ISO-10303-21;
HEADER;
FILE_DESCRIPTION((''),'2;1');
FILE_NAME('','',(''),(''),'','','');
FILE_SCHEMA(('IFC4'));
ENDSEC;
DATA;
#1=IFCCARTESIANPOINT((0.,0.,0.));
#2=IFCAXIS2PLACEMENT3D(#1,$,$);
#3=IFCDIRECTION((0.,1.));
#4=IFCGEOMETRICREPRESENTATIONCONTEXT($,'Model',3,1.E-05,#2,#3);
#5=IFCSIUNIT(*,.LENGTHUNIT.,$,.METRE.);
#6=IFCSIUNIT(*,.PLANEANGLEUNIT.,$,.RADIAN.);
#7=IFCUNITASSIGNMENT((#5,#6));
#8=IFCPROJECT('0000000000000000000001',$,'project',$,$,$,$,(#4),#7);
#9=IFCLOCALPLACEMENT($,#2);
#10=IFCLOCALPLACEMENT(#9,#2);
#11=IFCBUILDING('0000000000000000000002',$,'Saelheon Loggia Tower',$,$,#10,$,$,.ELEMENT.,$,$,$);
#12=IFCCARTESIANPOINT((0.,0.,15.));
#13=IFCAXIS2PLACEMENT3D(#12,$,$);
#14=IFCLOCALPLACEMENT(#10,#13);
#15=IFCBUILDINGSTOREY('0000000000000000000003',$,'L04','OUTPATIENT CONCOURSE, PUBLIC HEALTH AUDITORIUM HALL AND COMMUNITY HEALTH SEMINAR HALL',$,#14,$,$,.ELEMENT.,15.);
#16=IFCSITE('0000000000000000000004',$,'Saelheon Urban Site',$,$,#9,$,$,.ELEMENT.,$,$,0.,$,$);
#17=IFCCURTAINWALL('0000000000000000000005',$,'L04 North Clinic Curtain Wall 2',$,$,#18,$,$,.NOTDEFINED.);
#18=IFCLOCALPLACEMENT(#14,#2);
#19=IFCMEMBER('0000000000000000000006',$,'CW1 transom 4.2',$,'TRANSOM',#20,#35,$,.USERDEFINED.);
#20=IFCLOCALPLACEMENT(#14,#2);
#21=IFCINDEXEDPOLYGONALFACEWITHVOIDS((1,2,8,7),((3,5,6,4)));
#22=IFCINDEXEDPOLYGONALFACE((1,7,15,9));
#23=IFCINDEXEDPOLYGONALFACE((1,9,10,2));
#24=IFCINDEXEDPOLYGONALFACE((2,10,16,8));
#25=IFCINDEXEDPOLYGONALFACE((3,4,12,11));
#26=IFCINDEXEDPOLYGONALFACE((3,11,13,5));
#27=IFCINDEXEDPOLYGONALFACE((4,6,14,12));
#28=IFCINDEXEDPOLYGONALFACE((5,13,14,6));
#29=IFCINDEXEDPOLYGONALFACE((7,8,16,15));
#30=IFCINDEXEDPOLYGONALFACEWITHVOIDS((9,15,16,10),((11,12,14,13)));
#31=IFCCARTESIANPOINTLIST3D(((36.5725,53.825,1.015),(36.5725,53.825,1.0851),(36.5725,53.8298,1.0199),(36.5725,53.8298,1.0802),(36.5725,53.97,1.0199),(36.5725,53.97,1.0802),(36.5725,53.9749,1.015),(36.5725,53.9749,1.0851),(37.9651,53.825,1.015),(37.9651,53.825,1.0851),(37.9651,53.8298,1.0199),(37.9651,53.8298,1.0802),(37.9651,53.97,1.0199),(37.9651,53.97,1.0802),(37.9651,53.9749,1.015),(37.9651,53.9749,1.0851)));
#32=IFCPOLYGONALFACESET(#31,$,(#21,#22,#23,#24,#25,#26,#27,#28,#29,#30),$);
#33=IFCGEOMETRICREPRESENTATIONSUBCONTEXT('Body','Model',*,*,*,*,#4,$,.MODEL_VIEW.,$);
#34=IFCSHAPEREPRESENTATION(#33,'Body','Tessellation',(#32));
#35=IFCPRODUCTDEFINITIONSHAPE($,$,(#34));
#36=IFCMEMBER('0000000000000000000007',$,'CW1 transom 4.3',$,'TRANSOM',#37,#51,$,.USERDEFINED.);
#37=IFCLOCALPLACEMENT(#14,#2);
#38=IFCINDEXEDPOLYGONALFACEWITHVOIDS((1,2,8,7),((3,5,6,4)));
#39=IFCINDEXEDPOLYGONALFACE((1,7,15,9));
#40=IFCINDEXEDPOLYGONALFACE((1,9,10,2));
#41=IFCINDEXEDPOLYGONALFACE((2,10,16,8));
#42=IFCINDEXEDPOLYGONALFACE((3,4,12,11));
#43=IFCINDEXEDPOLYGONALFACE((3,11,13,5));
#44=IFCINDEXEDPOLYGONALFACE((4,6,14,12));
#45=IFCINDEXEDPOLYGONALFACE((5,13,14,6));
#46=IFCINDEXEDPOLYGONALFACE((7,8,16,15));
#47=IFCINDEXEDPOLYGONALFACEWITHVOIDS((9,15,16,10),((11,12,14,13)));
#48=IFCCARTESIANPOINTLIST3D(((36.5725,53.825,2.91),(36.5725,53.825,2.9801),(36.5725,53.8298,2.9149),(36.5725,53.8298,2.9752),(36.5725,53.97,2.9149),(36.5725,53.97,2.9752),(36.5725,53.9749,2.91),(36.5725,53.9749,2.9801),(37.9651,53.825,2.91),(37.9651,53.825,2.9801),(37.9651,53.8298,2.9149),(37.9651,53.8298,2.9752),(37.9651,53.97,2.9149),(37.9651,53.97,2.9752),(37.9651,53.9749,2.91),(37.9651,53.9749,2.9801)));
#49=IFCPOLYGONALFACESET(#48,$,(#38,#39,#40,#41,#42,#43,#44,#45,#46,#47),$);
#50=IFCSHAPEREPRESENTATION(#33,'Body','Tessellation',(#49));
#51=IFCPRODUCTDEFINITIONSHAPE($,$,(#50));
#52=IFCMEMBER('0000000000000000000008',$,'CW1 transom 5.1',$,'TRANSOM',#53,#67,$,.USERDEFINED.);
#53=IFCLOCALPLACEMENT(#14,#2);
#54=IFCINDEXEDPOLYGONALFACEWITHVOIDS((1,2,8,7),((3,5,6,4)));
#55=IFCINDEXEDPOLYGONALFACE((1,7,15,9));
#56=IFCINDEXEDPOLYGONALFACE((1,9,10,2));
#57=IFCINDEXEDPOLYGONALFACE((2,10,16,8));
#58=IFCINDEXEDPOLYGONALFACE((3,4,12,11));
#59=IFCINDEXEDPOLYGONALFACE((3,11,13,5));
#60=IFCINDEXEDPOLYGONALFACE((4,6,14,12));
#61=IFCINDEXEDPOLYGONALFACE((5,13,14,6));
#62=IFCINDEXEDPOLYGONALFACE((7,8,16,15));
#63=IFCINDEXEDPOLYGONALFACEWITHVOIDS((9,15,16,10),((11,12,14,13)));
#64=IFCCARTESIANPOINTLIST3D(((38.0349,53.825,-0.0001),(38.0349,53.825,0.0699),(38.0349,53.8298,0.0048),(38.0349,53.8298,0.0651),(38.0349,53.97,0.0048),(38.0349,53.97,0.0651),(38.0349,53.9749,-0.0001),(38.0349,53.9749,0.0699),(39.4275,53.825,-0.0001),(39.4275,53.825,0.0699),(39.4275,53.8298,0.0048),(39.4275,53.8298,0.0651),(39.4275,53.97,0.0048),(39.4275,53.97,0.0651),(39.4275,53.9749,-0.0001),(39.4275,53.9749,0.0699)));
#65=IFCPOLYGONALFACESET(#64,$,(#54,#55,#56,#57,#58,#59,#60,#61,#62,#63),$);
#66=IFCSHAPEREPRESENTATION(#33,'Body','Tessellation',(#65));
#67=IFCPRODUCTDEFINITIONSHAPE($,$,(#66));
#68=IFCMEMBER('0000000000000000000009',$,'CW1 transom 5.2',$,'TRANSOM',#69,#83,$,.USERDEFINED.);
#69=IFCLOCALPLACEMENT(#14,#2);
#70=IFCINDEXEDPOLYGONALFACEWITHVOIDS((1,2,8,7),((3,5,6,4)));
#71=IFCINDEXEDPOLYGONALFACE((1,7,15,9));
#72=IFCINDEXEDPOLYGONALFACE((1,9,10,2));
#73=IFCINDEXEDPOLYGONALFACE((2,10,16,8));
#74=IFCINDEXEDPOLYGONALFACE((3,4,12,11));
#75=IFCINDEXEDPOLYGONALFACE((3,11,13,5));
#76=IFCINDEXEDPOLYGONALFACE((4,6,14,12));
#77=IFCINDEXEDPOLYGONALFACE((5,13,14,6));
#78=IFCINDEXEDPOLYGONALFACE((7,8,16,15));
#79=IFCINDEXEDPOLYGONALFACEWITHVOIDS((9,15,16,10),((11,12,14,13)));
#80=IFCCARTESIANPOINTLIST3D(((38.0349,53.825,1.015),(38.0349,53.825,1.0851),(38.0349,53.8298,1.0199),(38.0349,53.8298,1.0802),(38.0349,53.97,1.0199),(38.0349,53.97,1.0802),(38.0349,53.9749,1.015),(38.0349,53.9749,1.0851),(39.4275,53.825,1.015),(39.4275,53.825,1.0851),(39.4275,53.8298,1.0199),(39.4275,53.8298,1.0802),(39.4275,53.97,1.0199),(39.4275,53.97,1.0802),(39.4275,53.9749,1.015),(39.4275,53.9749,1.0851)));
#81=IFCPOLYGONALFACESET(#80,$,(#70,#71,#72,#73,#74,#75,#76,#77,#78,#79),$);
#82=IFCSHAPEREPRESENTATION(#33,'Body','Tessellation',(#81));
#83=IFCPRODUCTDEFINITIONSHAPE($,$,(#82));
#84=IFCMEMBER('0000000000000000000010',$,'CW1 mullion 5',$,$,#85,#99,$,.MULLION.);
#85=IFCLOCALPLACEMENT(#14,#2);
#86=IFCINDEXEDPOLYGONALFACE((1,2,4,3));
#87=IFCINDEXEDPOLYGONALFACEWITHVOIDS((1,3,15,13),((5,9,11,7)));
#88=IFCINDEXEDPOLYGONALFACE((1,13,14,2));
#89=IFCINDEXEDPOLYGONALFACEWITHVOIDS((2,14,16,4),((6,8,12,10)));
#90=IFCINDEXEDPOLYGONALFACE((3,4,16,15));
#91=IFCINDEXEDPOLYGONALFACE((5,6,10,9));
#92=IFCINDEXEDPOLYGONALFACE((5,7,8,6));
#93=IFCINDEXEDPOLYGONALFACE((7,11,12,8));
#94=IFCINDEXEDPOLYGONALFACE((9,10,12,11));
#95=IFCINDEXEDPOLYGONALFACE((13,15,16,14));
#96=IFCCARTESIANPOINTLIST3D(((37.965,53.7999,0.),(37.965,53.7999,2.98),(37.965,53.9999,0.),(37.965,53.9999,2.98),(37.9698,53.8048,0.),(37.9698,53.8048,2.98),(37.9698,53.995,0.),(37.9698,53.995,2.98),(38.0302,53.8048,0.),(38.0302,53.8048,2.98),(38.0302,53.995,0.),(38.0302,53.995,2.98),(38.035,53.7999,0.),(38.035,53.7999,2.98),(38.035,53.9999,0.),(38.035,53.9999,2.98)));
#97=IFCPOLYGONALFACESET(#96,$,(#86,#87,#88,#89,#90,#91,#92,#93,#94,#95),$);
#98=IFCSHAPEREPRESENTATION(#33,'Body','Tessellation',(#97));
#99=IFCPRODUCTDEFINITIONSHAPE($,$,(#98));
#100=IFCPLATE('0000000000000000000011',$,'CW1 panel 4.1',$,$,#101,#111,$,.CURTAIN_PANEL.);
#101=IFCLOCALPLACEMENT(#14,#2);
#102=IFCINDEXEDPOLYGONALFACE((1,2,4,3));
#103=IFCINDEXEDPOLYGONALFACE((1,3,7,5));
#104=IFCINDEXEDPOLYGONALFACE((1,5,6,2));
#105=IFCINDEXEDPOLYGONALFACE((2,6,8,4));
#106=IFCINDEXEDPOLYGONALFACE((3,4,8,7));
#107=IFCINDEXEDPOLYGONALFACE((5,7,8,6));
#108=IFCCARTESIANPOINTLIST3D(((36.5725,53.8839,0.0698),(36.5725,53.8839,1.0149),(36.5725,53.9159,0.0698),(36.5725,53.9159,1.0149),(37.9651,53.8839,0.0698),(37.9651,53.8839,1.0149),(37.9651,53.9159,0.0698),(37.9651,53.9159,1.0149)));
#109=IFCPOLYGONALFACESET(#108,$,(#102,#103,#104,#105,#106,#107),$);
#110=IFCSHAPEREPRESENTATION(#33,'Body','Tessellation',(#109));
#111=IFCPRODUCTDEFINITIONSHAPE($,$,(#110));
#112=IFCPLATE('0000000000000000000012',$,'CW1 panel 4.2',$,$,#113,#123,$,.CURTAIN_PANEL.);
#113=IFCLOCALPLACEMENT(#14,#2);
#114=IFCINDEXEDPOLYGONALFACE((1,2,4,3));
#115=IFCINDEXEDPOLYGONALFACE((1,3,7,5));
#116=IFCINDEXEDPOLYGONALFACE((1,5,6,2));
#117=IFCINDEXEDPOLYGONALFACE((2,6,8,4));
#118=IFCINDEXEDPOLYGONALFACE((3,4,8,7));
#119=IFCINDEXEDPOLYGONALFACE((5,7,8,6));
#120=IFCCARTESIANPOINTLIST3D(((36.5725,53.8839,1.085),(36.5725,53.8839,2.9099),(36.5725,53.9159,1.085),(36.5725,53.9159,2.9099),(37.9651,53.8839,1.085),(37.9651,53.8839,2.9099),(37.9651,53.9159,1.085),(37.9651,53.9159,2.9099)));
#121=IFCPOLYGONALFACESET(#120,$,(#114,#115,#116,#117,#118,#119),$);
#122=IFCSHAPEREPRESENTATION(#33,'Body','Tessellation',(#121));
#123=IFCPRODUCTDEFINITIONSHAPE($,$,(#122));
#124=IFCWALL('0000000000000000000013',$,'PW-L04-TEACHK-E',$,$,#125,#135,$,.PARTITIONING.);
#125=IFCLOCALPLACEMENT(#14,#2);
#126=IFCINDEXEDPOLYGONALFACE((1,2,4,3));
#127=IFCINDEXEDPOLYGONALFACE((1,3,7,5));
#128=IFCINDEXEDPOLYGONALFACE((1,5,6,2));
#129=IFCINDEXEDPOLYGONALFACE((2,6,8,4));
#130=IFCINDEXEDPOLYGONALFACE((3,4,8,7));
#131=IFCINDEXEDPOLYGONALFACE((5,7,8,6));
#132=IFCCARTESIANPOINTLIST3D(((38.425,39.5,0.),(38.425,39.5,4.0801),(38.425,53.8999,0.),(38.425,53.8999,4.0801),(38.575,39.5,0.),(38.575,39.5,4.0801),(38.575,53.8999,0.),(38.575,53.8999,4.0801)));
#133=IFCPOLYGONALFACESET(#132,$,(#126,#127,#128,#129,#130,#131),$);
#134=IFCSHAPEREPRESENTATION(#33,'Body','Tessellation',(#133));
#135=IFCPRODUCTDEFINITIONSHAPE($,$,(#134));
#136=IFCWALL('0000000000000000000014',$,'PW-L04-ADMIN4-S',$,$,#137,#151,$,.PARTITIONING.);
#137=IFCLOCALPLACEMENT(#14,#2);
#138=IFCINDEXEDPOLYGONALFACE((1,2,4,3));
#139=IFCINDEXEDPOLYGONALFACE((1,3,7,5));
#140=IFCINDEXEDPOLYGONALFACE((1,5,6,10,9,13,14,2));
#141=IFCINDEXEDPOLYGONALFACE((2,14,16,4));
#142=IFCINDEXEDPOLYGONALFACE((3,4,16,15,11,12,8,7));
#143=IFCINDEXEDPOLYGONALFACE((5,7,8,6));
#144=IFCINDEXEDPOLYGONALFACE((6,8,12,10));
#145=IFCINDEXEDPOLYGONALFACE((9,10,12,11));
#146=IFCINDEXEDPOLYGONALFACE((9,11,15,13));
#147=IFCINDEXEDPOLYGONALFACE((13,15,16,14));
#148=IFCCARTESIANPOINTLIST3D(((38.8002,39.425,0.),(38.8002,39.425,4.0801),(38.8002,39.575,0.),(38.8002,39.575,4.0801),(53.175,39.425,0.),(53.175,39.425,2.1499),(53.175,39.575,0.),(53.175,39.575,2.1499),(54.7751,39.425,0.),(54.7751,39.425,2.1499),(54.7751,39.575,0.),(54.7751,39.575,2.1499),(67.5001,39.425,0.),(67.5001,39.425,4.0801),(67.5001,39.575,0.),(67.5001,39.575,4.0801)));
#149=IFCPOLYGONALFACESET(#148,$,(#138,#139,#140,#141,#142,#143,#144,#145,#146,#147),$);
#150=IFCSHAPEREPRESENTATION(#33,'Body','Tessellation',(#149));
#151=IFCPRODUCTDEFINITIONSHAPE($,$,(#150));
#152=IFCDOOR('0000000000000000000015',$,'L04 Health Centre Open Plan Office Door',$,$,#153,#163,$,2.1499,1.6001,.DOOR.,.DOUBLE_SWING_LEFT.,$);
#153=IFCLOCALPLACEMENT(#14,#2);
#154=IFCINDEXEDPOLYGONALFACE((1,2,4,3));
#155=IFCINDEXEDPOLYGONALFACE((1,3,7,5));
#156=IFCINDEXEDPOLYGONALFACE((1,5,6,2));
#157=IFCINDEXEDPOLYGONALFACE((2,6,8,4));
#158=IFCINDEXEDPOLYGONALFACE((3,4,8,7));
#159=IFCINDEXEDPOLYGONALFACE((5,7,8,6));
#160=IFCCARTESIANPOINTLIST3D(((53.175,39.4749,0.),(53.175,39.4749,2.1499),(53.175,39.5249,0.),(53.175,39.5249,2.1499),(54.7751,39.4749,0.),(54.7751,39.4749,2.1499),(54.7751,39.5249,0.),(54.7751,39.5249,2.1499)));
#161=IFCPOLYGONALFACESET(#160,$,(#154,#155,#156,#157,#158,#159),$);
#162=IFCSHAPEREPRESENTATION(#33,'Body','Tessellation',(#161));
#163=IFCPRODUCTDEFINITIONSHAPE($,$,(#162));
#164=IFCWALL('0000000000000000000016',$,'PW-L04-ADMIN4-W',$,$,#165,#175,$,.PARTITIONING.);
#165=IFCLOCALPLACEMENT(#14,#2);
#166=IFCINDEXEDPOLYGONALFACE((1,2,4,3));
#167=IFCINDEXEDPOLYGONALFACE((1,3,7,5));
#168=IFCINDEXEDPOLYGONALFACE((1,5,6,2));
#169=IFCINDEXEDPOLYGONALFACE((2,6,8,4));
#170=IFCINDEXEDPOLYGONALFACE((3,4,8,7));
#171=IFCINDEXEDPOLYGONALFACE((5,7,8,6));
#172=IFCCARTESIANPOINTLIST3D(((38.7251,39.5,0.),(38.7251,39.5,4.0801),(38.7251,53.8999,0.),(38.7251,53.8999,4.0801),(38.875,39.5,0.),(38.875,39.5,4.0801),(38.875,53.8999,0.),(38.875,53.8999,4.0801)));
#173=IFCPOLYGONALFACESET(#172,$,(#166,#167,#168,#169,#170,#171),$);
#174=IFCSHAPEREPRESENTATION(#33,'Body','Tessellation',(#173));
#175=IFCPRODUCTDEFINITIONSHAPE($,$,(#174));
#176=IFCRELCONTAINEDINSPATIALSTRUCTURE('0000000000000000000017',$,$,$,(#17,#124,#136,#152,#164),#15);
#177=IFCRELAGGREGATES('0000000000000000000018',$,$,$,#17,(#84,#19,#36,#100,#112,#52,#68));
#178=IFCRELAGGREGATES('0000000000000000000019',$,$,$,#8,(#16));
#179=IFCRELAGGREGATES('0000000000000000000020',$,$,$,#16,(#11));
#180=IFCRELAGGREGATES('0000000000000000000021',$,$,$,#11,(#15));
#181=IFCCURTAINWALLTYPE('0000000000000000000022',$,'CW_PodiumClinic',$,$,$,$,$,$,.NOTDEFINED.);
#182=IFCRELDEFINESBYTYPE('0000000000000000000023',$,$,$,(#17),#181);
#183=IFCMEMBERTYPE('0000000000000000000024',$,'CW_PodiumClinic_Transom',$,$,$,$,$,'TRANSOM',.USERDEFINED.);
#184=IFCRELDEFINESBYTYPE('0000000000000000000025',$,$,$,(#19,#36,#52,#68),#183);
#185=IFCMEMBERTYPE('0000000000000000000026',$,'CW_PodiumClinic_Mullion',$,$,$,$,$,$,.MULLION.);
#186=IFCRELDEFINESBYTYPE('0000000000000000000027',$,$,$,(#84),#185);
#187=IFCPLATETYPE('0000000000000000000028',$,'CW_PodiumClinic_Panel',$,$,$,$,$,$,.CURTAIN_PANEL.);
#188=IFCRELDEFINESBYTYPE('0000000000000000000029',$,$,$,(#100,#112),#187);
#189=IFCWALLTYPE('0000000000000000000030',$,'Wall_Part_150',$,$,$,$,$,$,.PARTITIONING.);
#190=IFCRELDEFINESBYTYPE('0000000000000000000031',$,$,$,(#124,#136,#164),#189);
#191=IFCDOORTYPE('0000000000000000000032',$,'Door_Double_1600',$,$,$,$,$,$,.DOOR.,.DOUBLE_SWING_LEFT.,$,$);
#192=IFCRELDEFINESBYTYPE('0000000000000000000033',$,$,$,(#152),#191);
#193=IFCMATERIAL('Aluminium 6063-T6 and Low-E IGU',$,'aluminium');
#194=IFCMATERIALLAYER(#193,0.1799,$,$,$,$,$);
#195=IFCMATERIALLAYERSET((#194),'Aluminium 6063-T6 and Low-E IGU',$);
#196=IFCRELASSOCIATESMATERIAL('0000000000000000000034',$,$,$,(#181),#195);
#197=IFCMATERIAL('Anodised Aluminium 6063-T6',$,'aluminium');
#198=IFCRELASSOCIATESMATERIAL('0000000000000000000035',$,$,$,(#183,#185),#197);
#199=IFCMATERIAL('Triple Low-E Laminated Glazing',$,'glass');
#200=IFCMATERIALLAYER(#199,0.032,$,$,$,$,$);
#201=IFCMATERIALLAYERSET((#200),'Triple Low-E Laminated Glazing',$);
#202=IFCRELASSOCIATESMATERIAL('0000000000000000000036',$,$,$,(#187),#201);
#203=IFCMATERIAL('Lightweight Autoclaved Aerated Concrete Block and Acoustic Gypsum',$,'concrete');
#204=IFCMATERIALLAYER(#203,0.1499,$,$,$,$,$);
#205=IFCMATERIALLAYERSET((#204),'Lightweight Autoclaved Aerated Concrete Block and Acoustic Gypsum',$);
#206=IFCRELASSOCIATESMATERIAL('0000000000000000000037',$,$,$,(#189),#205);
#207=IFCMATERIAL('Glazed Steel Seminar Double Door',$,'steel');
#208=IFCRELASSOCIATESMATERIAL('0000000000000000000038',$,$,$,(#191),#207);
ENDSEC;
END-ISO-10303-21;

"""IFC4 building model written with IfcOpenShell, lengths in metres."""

from ifc_helpers import new_model, si_unit, direction, frame, frame_2d, origin, origin_2d, place, context, subcontext, project, spatial, rectangle, hollow_rectangle, extrude, source, transform, mapped, material, layer, layer_set, material_profile, profile_set, type_object, element, fill, aggregate, save


model = new_model("IFC4")

# Units and contexts
model_context = context("Model", 3, precision=1e-05, world=origin(), true_north=direction((0.0, 1.0)))
body_context = subcontext(model_context, "Body", "Model", "MODEL_VIEW")
ifc_project = project(units=[si_unit("LENGTHUNIT", "METRE"), si_unit("PLANEANGLEUNIT", "RADIAN")], contexts=[model_context])

# Site, building, storey
site_placement = place(None, origin())
site = spatial("IfcSite", under=ifc_project, at=site_placement, Name="Saelheon Urban Site", CompositionType="ELEMENT", RefElevation=0.0)
building_placement = place(site_placement, origin())
building = spatial("IfcBuilding", under=site, at=building_placement, Name="Saelheon Loggia Tower", CompositionType="ELEMENT")
storey_placement = place(building_placement, frame((0.0, 0.0, 15.0)))
storey = spatial("IfcBuildingStorey", under=building, at=storey_placement, Name="L04", Description="OUTPATIENT CONCOURSE, PUBLIC HEALTH AUDITORIUM HALL AND COMMUNITY HEALTH SEMINAR HALL", CompositionType="ELEMENT", Elevation=15.0)

# Curtain wall, members, plates
ifc_material_1 = material(Name="Aluminium 6063-T6 and Low-E IGU", Category="aluminium")
ifc_layer_1 = layer(ifc_material_1, 0.1799)
ifc_layer_set_1 = layer_set([ifc_layer_1], Name="Aluminium 6063-T6 and Low-E IGU")
curtain_wall_type = type_object("IfcCurtainWallType", Name="CW_PodiumClinic", PredefinedType="NOTDEFINED", material=ifc_layer_set_1)
curtain_wall_placement = place(storey_placement, origin())
curtain_wall = element("IfcCurtainWall", 1, at=curtain_wall_placement, inside=storey, type_object=curtain_wall_type, Name="L04 North Clinic Curtain Wall 2", PredefinedType="NOTDEFINED")
ifc_material_2 = material(Name="Anodised Aluminium 6063-T6", Category="aluminium")
ifc_material_profile_1 = material_profile(ifc_material_2, hollow_rectangle(XDim=0.0701, YDim=0.1499, WallThickness=0.0049, at=origin_2d()), Name="RHS-150x70x5")
ifc_profile_set_1 = profile_set([ifc_material_profile_1], Name="Anodised Aluminium 6063-T6")
member_type_1 = type_object("IfcMemberType", Name="CW_PodiumClinic_Transom", ElementType="TRANSOM", PredefinedType="USERDEFINED", material=ifc_profile_set_1)
shared_shape_1 = source(origin(), body_context, "Body", "SweptSolid", [
    extrude(hollow_rectangle(XDim=0.0701, YDim=0.1499, WallThickness=0.0049, at=origin_2d()), origin(), (0.0, 0.0, 1.0), 1.3926),
])
member_1_placement = place(storey_placement, frame((36.5725, 53.8999, 1.05), z_axis=(1.0, 0.0, 0.0), x_axis=(0.0, 0.0, 1.0)))
member_1 = element("IfcMember", 2, at=member_1_placement, type_object=member_type_1, Name="CW1 transom 4.2", ObjectType="TRANSOM", PredefinedType="USERDEFINED", context=body_context, shape_type="MappedRepresentation", body=[
    mapped(shared_shape_1, transform((0.0, 0.0, 0.0), scale=1.0)),
])
member_2_placement = place(storey_placement, frame((36.5725, 53.8999, 2.9451), z_axis=(1.0, 0.0, 0.0), x_axis=(0.0, 0.0, 1.0)))
member_2 = element("IfcMember", 3, at=member_2_placement, type_object=member_type_1, Name="CW1 transom 4.3", ObjectType="TRANSOM", PredefinedType="USERDEFINED", context=body_context, shape_type="MappedRepresentation", body=[
    mapped(shared_shape_1, transform((0.0, 0.0, 0.0), scale=1.0)),
])
member_3_placement = place(storey_placement, frame((38.0349, 53.8999, 0.0349), z_axis=(1.0, 0.0, 0.0), x_axis=(0.0, 0.0, 1.0)))
member_3 = element("IfcMember", 4, at=member_3_placement, type_object=member_type_1, Name="CW1 transom 5.1", ObjectType="TRANSOM", PredefinedType="USERDEFINED", context=body_context, shape_type="MappedRepresentation", body=[
    mapped(shared_shape_1, transform((0.0, 0.0, 0.0), scale=1.0)),
])
member_4_placement = place(storey_placement, frame((38.0349, 53.8999, 1.05), z_axis=(1.0, 0.0, 0.0), x_axis=(0.0, 0.0, 1.0)))
member_4 = element("IfcMember", 5, at=member_4_placement, type_object=member_type_1, Name="CW1 transom 5.2", ObjectType="TRANSOM", PredefinedType="USERDEFINED", context=body_context, shape_type="MappedRepresentation", body=[
    mapped(shared_shape_1, transform((0.0, 0.0, 0.0), scale=1.0)),
])
ifc_material_profile_2 = material_profile(ifc_material_2, hollow_rectangle(XDim=0.0701, YDim=0.2, WallThickness=0.0049, at=origin_2d()), Name="RHS-200x70x5")
ifc_profile_set_2 = profile_set([ifc_material_profile_2], Name="Anodised Aluminium 6063-T6")
member_type_2 = type_object("IfcMemberType", Name="CW_PodiumClinic_Mullion", PredefinedType="MULLION", material=ifc_profile_set_2)
shared_shape_2 = source(origin(), body_context, "Body", "SweptSolid", [
    extrude(hollow_rectangle(XDim=0.0701, YDim=0.2, WallThickness=0.0049, at=origin_2d()), origin(), (0.0, 0.0, 1.0), 2.98),
])
member_5_placement = place(storey_placement, frame((38.0, 53.8999, 0.0), z_axis=(0.0, 0.0, 1.0), x_axis=(1.0, 0.0, 0.0)))
member_5 = element("IfcMember", 6, at=member_5_placement, type_object=member_type_2, Name="CW1 mullion 5", PredefinedType="MULLION", context=body_context, shape_type="MappedRepresentation", body=[
    mapped(shared_shape_2, transform((0.0, 0.0, 0.0), scale=1.0)),
])
ifc_material_3 = material(Name="Triple Low-E Laminated Glazing", Category="glass")
ifc_layer_2 = layer(ifc_material_3, 0.032)
ifc_layer_set_2 = layer_set([ifc_layer_2], Name="Triple Low-E Laminated Glazing")
plate_type = type_object("IfcPlateType", Name="CW_PodiumClinic_Panel", PredefinedType="CURTAIN_PANEL", material=ifc_layer_set_2)
shared_shape_3 = source(origin(), body_context, "Body", "SweptSolid", [
    extrude(rectangle(XDim=1.3926, YDim=0.032, at=origin_2d()), origin(), (0.0, 0.0, 1.0), 0.9451),
])
plate_1_placement = place(storey_placement, frame((37.2688, 53.8999, 0.0698), z_axis=(0.0, 0.0, 1.0), x_axis=(1.0, 0.0, 0.0)))
plate_1 = element("IfcPlate", 7, at=plate_1_placement, type_object=plate_type, Name="CW1 panel 4.1", PredefinedType="CURTAIN_PANEL", context=body_context, shape_type="MappedRepresentation", body=[
    mapped(shared_shape_3, transform((0.0, 0.0, 0.0), scale=1.0)),
])
shared_shape_4 = source(origin(), body_context, "Body", "SweptSolid", [
    extrude(rectangle(XDim=1.3926, YDim=0.032, at=origin_2d()), origin(), (0.0, 0.0, 1.0), 1.825),
])
plate_2_placement = place(storey_placement, frame((37.2688, 53.8999, 1.085), z_axis=(0.0, 0.0, 1.0), x_axis=(1.0, 0.0, 0.0)))
plate_2 = element("IfcPlate", 8, at=plate_2_placement, type_object=plate_type, Name="CW1 panel 4.2", PredefinedType="CURTAIN_PANEL", context=body_context, shape_type="MappedRepresentation", body=[
    mapped(shared_shape_4, transform((0.0, 0.0, 0.0), scale=1.0)),
])
aggregate(curtain_wall, [member_5, member_1, member_2, plate_1, plate_2, member_3, member_4])

# Wall
ifc_material_4 = material(Name="Lightweight Autoclaved Aerated Concrete Block and Acoustic Gypsum", Category="concrete")
ifc_layer_3 = layer(ifc_material_4, 0.1499)
ifc_layer_set_3 = layer_set([ifc_layer_3], Name="Lightweight Autoclaved Aerated Concrete Block and Acoustic Gypsum")
wall_type_1 = type_object("IfcWallType", Name="Wall_Part_150", PredefinedType="PARTITIONING", material=ifc_layer_set_3)
wall_1_placement = place(storey_placement, frame((38.5, 39.5, 0.0), z_axis=(0.0, 0.0, 1.0), x_axis=(0.0, 1.0, 0.0)))
element("IfcWall", 9, at=wall_1_placement, inside=storey, type_object=wall_type_1, Name="PW-L04-TEACHK-E", PredefinedType="PARTITIONING", context=body_context, shape_type="SweptSolid", body=[
    extrude(rectangle(XDim=14.3999, YDim=0.1499, at=frame_2d((7.2, 0.0))), origin(), (0.0, 0.0, 1.0), 4.0801),
])

# Wall, opening, door
wall_2_placement = place(storey_placement, frame((38.8, 39.5, 0.0), z_axis=(0.0, 0.0, 1.0), x_axis=(1.0, 0.0, 0.0)))
wall_2 = element("IfcWall", 10, at=wall_2_placement, inside=storey, type_object=wall_type_1, Name="PW-L04-ADMIN4-S", PredefinedType="PARTITIONING", context=body_context, shape_type="SweptSolid", body=[
    extrude(rectangle(XDim=28.7, YDim=0.1499, at=frame_2d((14.3501, 0.0))), origin(), (0.0, 0.0, 1.0), 4.0801),
])
opening_placement = place(wall_2_placement, frame((14.375, 0.0, 0.0)))
opening = element("IfcOpeningElement", 11, at=opening_placement, cuts=wall_2, PredefinedType="OPENING", context=body_context, shape_type="SweptSolid", body=[
    extrude(rectangle(XDim=1.6001, YDim=2.1499, at=frame_2d((0.8, 1.075))), frame((0.0, 0.0869, 0.0), z_axis=(0.0, -1.0, 0.0), x_axis=(1.0, 0.0, 0.0)), (0.0, 0.0, 1.0), 0.1738),
])
ifc_material_5 = material(Name="Glazed Steel Seminar Double Door", Category="steel")
door_type = type_object("IfcDoorType", Name="Door_Double_1600", OperationType="DOUBLE_SWING_LEFT", PredefinedType="DOOR", material=ifc_material_5)
shared_shape_5 = source(origin(), body_context, "Body", "SweptSolid", [
    extrude(rectangle(XDim=1.6001, YDim=2.1499, at=frame_2d((0.8, 1.075))), frame((0.0, 0.0249, 0.0), z_axis=(0.0, -1.0, 0.0), x_axis=(1.0, 0.0, 0.0)), (0.0, 0.0, 1.0), 0.05),
])
door_placement = place(opening_placement, origin())
door = element("IfcDoor", 12, at=door_placement, inside=storey, type_object=door_type, Name="L04 Health Centre Open Plan Office Door", OperationType="DOUBLE_SWING_LEFT", OverallHeight=2.1499, OverallWidth=1.6001, PredefinedType="DOOR", context=body_context, shape_type="MappedRepresentation", body=[
    mapped(shared_shape_5, transform((0.0, 0.0, 0.0), scale=1.0)),
])
fill(opening, door)

# Wall
wall_3_placement = place(storey_placement, frame((38.8, 39.5, 0.0), z_axis=(0.0, 0.0, 1.0), x_axis=(0.0, 1.0, 0.0)))
element("IfcWall", 13, at=wall_3_placement, inside=storey, type_object=wall_type_1, Name="PW-L04-ADMIN4-W", PredefinedType="PARTITIONING", context=body_context, shape_type="SweptSolid", body=[
    extrude(rectangle(XDim=14.3999, YDim=0.1499, at=frame_2d((7.2, 0.0))), origin(), (0.0, 0.0, 1.0), 4.0801),
])

save(model, "model.ifc")
